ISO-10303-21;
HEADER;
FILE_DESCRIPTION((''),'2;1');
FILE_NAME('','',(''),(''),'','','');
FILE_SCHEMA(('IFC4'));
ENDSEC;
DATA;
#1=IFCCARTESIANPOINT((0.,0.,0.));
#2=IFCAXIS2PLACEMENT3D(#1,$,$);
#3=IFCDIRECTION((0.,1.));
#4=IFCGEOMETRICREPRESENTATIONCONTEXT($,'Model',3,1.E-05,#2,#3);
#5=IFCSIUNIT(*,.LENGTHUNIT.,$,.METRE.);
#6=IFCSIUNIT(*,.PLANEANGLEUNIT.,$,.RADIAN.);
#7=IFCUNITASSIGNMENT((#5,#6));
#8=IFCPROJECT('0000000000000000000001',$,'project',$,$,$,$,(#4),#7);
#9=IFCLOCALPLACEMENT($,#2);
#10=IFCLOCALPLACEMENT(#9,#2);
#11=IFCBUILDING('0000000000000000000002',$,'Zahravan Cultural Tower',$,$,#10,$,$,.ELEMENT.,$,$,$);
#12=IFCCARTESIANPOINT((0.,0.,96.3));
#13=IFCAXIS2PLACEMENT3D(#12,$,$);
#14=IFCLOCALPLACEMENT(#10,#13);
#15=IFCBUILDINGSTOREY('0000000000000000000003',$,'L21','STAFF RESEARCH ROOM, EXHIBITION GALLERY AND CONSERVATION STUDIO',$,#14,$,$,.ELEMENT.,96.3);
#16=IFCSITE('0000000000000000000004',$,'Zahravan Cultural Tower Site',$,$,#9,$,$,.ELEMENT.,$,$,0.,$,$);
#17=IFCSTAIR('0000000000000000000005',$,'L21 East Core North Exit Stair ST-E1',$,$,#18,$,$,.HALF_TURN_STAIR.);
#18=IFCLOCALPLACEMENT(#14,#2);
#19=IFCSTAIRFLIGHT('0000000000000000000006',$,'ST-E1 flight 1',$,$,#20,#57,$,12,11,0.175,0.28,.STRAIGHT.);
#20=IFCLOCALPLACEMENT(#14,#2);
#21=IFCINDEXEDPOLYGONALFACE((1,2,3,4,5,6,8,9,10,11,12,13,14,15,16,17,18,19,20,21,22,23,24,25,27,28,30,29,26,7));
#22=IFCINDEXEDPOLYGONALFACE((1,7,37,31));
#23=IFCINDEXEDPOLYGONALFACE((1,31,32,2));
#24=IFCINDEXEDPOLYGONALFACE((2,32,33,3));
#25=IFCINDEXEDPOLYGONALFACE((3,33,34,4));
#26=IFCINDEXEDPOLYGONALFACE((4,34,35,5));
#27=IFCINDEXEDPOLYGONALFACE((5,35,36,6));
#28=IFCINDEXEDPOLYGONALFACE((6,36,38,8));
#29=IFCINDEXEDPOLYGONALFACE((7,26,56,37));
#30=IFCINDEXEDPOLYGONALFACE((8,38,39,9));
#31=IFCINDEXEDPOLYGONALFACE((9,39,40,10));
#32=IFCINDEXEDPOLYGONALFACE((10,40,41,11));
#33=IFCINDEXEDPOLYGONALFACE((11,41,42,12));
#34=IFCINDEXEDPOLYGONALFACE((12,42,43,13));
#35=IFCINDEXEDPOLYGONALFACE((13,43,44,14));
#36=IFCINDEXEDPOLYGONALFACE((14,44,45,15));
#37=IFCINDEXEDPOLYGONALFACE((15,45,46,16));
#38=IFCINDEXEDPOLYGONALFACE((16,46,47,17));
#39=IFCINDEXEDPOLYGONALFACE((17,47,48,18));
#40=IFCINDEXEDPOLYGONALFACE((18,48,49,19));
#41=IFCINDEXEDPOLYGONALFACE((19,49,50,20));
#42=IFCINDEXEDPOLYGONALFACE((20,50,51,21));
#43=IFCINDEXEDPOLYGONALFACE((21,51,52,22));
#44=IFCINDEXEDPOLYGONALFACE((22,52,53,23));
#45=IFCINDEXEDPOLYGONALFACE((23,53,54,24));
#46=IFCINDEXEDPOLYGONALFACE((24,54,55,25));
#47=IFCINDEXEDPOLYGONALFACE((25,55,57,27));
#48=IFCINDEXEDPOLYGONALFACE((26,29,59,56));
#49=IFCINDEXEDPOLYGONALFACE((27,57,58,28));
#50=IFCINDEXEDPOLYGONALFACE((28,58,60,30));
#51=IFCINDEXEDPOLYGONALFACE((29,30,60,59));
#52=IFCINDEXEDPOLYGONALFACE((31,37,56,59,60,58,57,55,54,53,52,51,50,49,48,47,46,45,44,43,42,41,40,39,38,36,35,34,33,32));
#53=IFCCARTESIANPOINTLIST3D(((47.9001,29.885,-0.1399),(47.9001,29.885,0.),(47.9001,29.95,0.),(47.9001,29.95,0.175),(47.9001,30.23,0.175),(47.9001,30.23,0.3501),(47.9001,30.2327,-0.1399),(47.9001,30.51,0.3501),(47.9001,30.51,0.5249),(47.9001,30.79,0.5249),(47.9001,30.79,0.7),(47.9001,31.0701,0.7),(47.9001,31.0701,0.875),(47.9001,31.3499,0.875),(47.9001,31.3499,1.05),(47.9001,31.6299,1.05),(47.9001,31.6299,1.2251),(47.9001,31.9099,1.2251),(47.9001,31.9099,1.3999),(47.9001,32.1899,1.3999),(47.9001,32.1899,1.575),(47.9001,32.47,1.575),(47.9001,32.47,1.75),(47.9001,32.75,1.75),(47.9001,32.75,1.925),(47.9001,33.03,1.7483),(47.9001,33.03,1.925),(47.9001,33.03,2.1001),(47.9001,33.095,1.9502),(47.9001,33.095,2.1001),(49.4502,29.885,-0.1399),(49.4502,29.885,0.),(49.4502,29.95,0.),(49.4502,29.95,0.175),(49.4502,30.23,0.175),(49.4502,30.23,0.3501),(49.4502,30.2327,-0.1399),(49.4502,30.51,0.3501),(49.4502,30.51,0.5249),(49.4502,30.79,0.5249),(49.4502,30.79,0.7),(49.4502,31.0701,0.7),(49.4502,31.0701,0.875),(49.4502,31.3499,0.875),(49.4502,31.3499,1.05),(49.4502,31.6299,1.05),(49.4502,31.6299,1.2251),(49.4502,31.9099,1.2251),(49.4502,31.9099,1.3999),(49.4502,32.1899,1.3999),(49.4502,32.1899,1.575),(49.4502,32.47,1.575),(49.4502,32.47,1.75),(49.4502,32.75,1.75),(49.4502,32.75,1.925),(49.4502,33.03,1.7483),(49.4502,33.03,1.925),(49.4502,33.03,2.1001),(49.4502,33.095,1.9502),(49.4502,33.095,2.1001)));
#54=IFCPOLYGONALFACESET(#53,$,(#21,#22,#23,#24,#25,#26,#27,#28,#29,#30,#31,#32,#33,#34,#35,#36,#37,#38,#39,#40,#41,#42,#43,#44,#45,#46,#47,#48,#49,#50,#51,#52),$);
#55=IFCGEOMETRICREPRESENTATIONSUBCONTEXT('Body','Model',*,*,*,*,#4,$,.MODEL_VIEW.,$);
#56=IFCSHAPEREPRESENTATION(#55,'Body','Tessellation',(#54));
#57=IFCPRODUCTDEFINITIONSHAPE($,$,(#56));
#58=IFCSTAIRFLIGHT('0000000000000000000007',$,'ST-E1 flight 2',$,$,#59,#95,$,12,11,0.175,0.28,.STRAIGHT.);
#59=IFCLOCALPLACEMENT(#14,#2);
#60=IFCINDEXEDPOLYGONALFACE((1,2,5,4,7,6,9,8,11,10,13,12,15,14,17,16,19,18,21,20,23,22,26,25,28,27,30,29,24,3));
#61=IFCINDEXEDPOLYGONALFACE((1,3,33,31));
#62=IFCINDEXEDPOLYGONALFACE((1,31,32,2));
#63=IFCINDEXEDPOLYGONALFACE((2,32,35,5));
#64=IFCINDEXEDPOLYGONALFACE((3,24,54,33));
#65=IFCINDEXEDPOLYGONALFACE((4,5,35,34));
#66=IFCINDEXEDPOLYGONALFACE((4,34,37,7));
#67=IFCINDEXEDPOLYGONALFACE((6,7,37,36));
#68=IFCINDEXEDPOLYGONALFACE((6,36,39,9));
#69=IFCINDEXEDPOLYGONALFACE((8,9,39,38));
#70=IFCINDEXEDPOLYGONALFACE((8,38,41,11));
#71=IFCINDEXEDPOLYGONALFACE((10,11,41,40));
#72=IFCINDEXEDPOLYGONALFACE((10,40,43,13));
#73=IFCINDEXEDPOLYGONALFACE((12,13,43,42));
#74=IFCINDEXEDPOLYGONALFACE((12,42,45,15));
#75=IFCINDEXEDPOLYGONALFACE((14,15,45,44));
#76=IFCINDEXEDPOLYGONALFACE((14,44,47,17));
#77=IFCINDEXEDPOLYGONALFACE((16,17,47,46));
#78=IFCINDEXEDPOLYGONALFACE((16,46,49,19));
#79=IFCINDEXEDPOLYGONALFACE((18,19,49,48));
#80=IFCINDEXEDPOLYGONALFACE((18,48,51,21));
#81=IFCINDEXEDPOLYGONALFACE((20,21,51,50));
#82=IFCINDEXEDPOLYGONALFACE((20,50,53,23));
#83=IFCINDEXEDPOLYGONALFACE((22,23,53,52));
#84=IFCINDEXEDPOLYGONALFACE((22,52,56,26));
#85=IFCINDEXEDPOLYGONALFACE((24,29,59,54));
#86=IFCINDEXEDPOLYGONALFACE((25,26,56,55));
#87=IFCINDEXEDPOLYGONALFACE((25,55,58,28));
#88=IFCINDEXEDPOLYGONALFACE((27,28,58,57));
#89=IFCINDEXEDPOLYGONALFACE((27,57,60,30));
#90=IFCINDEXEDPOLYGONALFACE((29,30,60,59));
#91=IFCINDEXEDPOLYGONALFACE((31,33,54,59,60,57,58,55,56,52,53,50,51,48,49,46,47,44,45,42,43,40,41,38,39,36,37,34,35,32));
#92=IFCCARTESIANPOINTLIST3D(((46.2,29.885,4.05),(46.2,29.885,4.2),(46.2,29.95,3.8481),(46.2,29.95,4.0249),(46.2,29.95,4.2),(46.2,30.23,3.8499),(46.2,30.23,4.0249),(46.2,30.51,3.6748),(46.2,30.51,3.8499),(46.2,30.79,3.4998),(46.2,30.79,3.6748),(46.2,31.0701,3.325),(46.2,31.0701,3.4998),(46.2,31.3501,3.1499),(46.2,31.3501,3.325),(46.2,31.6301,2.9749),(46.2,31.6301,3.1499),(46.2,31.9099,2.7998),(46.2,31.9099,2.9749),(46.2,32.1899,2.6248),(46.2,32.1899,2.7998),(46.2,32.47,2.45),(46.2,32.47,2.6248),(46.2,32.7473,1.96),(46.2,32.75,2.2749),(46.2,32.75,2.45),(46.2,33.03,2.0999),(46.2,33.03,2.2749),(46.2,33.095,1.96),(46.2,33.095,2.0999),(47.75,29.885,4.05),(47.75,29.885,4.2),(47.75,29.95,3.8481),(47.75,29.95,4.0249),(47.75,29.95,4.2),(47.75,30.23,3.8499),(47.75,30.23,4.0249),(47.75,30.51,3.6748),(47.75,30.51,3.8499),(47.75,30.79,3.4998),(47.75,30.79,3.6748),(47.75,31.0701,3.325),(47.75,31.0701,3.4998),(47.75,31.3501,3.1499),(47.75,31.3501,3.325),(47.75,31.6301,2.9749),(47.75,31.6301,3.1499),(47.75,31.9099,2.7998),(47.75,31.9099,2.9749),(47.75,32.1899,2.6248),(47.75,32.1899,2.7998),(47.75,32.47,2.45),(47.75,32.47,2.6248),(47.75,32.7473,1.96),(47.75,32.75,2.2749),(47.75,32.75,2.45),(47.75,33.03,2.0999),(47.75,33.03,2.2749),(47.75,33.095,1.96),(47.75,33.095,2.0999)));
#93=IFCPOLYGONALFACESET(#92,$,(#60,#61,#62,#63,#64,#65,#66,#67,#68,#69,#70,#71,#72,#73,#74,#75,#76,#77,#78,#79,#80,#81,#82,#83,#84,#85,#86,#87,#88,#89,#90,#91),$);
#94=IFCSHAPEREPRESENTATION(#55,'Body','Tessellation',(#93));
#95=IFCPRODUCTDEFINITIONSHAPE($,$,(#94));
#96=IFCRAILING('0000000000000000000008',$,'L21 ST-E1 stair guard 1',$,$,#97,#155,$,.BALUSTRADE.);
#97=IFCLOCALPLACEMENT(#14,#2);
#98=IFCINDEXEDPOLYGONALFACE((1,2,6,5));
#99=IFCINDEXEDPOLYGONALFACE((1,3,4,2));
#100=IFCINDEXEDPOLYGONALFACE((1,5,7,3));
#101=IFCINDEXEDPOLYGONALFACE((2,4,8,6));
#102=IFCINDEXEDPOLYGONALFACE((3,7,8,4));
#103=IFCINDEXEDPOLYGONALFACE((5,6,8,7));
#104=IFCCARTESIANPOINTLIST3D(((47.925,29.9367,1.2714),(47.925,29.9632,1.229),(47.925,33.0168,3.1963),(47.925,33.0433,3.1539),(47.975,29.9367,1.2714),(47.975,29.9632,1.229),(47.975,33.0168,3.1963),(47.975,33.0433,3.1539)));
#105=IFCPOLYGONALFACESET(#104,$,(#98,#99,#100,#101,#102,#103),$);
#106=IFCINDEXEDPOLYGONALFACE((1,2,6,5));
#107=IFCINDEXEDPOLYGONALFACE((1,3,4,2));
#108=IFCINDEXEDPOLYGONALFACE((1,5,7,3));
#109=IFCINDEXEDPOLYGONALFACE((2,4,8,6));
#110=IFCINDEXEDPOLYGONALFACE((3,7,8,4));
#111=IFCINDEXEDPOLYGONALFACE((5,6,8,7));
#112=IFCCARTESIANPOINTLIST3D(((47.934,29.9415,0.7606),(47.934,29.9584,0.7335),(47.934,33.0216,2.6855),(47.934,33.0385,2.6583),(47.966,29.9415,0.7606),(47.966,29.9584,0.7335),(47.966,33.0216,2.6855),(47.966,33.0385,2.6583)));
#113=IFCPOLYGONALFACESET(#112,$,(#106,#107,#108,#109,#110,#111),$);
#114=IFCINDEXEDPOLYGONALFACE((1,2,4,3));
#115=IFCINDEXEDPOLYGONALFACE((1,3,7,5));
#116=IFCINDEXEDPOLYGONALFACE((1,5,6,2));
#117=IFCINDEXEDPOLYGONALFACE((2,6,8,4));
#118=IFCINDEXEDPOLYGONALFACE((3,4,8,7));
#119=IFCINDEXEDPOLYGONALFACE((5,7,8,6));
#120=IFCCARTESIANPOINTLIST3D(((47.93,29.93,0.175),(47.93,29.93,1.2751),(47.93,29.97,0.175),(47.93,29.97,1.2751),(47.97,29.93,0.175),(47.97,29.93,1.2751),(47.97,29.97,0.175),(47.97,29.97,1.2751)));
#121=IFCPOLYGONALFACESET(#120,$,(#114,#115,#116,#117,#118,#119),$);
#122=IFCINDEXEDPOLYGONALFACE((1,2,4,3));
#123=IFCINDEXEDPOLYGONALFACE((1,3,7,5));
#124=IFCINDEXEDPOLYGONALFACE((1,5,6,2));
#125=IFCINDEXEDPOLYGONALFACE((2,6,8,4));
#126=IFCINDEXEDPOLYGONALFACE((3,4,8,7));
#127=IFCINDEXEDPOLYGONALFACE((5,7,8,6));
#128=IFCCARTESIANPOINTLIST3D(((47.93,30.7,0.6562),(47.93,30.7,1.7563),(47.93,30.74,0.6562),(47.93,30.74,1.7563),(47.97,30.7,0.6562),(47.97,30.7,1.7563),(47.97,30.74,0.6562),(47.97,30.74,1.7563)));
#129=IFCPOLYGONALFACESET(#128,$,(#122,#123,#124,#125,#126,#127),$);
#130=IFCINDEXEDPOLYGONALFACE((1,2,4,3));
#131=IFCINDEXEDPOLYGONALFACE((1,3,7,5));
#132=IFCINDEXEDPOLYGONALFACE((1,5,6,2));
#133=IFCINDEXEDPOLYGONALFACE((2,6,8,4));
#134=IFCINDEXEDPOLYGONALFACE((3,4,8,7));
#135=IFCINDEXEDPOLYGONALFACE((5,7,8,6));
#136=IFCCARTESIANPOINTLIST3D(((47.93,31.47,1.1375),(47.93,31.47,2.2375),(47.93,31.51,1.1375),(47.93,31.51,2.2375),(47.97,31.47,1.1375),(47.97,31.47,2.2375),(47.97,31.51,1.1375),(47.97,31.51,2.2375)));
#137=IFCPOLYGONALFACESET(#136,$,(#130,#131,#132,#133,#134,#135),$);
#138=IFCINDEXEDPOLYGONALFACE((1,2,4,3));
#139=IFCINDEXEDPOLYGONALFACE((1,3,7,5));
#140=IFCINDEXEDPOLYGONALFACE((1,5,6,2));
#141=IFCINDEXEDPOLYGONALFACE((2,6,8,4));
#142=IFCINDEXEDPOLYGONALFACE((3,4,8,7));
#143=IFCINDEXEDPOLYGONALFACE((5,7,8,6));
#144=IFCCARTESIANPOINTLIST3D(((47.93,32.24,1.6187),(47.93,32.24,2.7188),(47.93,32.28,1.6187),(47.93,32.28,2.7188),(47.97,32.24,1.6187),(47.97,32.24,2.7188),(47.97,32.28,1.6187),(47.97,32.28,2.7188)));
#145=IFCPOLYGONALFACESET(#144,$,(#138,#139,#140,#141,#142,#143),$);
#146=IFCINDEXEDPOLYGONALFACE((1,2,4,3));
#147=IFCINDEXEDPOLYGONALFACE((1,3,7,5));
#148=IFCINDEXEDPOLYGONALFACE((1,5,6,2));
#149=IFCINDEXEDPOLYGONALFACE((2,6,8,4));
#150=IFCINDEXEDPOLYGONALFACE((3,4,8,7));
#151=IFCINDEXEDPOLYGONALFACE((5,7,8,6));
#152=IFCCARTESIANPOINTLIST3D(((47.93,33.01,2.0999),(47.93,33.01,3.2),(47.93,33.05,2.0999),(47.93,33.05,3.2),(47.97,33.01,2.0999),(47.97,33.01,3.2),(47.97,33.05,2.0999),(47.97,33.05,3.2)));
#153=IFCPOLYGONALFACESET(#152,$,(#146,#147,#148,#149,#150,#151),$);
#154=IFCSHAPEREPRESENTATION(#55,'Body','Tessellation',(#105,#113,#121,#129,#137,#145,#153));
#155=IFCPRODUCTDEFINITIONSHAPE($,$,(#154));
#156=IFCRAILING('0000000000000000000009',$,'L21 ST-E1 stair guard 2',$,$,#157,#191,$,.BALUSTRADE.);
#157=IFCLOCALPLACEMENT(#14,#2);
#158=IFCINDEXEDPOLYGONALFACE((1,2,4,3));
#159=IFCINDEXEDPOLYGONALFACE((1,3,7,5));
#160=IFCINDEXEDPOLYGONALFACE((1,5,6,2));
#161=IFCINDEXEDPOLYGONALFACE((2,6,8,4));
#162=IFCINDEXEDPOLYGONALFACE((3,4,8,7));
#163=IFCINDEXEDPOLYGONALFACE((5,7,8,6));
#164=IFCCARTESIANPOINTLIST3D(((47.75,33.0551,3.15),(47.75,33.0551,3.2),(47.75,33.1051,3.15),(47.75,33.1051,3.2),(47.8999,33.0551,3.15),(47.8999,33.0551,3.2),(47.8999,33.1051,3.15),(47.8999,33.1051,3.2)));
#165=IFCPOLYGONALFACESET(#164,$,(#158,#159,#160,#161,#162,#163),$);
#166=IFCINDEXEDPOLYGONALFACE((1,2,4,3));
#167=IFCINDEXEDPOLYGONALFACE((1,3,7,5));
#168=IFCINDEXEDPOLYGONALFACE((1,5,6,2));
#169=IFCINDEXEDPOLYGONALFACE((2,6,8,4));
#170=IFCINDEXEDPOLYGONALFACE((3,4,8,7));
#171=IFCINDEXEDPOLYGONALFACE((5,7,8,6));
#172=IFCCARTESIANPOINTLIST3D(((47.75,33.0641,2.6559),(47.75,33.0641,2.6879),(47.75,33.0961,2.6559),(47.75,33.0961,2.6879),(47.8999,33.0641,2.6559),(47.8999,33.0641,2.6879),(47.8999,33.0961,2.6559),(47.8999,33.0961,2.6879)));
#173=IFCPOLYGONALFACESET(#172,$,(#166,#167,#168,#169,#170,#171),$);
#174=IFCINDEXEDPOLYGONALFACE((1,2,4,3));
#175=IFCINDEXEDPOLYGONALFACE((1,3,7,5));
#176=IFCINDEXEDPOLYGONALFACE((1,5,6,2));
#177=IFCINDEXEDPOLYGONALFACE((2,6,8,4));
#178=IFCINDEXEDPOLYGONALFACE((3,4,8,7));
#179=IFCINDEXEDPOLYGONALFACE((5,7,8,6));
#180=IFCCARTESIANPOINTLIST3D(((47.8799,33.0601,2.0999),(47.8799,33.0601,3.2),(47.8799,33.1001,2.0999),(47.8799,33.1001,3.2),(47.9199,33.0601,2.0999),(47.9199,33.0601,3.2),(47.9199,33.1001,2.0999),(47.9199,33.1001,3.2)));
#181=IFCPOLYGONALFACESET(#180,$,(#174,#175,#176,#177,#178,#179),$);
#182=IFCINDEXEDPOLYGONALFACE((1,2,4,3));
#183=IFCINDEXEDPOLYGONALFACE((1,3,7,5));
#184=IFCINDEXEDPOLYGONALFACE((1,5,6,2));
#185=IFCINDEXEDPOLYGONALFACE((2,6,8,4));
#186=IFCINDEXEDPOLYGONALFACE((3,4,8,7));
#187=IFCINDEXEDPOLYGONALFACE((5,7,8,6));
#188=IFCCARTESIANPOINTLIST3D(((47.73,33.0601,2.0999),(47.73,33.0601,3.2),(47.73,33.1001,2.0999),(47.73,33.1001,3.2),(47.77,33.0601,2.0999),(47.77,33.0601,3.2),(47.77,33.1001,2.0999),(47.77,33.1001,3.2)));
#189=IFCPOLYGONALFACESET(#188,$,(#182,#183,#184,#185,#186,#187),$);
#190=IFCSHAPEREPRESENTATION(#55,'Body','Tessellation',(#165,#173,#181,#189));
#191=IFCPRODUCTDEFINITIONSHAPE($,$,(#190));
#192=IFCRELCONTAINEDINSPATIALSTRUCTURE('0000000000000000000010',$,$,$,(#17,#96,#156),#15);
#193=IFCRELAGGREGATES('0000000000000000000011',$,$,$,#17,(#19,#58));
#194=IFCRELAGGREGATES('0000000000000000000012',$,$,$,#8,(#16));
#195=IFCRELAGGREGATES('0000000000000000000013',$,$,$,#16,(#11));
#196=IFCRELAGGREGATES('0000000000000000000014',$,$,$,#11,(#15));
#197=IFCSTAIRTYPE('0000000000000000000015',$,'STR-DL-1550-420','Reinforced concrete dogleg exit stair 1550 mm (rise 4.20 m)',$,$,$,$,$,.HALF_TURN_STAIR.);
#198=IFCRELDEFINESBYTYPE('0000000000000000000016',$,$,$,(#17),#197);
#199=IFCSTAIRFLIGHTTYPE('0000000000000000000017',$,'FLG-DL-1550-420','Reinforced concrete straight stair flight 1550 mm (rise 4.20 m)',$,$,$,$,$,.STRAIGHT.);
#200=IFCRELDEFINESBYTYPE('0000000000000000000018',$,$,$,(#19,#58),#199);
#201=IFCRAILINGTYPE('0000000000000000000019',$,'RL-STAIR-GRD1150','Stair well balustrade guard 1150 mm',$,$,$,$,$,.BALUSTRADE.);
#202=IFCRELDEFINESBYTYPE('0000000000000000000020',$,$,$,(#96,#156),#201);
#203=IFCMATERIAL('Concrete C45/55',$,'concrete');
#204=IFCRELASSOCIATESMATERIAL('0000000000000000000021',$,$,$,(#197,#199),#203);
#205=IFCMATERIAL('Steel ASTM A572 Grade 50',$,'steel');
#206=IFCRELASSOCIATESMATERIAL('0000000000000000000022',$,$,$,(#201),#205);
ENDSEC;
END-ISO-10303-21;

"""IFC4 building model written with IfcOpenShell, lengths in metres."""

from ifc_helpers import new_model, si_unit, direction, frame, origin, origin_2d, place, context, subcontext, project, spatial, polyline, rectangle, outline, extrude, material, type_object, element, aggregate, save


model = new_model("IFC4")

# Units and contexts
model_context = context("Model", 3, precision=1e-05, world=origin(), true_north=direction((0.0, 1.0)))
body_context = subcontext(model_context, "Body", "Model", "MODEL_VIEW")
ifc_project = project(units=[si_unit("LENGTHUNIT", "METRE"), si_unit("PLANEANGLEUNIT", "RADIAN")], contexts=[model_context])

# Site, building, storey
site_placement = place(None, origin())
site = spatial("IfcSite", under=ifc_project, at=site_placement, Name="Zahravan Cultural Tower Site", CompositionType="ELEMENT", RefElevation=0.0)
building_placement = place(site_placement, origin())
building = spatial("IfcBuilding", under=site, at=building_placement, Name="Zahravan Cultural Tower", CompositionType="ELEMENT")
storey_placement = place(building_placement, frame((0.0, 0.0, 96.3)))
storey = spatial("IfcBuildingStorey", under=building, at=storey_placement, Name="L21", Description="STAFF RESEARCH ROOM, EXHIBITION GALLERY AND CONSERVATION STUDIO", CompositionType="ELEMENT", Elevation=96.3)

# Stair, stair flights
ifc_material_1 = material(Name="Concrete C45/55", Category="concrete")
stair_type = type_object("IfcStairType", Name="STR-DL-1550-420", Description="Reinforced concrete dogleg exit stair 1550 mm (rise 4.20 m)", PredefinedType="HALF_TURN_STAIR", material=ifc_material_1)
stair_placement = place(storey_placement, origin())
stair = element("IfcStair", 1, at=stair_placement, inside=storey, type_object=stair_type, Name="L21 East Core North Exit Stair ST-E1", PredefinedType="HALF_TURN_STAIR")
stair_flight_type = type_object("IfcStairFlightType", Name="FLG-DL-1550-420", Description="Reinforced concrete straight stair flight 1550 mm (rise 4.20 m)", PredefinedType="STRAIGHT", material=ifc_material_1)
stair_flight_1_placement = place(storey_placement, frame((48.675, 29.95, 0.0), z_axis=(0.0, 0.0, 1.0), x_axis=(0.0, 1.0, 0.0)))
stair_flight_1 = element("IfcStairFlight", 2, at=stair_flight_1_placement, type_object=stair_flight_type, Name="ST-E1 flight 1", NumberOfRisers=12, NumberOfTreads=11, PredefinedType="STRAIGHT", RiserHeight=0.175, TreadLength=0.28, context=body_context, shape_type="SweptSolid", body=[
    extrude(outline(polyline([(-0.0649, -0.1399), (-0.0649, 0.0), (0.0, 0.0), (0.0, 0.175), (0.28, 0.175), (0.28, 0.3501), (0.5601, 0.3501), (0.5601, 0.5249), (0.8401, 0.5249), (0.8401, 0.7), (1.1201, 0.7), (1.1201, 0.875), (1.3999, 0.875), (1.3999, 1.05), (1.6799, 1.05), (1.6799, 1.2251), (1.96, 1.2251), (1.96, 1.3999), (2.24, 1.3999), (2.24, 1.575), (2.52, 1.575), (2.52, 1.75), (2.8, 1.75), (2.8, 1.925), (3.0801, 1.925), (3.0801, 2.1001), (3.145, 2.1001), (3.145, 1.9502), (3.0801, 1.7483), (0.2827, -0.1399), (-0.0649, -0.1399)])), frame((0.0, 0.7749, 0.0), z_axis=(0.0, -1.0, 0.0), x_axis=(1.0, 0.0, 0.0)), (0.0, 0.0, 1.0), 1.55),
])
stair_flight_2_placement = place(storey_placement, frame((46.9751, 33.03, 2.0999), z_axis=(0.0, 0.0, 1.0), x_axis=(0.0, -1.0, 0.0)))
stair_flight_2 = element("IfcStairFlight", 3, at=stair_flight_2_placement, type_object=stair_flight_type, Name="ST-E1 flight 2", NumberOfRisers=12, NumberOfTreads=11, PredefinedType="STRAIGHT", RiserHeight=0.175, TreadLength=0.28, context=body_context, shape_type="SweptSolid", body=[
    extrude(outline(polyline([(-0.0649, -0.1399), (-0.0649, 0.0), (0.0, 0.0), (0.0, 0.175), (0.28, 0.175), (0.28, 0.3501), (0.5601, 0.3501), (0.5601, 0.5249), (0.8401, 0.5249), (0.8401, 0.7), (1.1201, 0.7), (1.1201, 0.875), (1.3999, 0.875), (1.3999, 1.05), (1.6799, 1.05), (1.6799, 1.2251), (1.96, 1.2251), (1.96, 1.3999), (2.24, 1.3999), (2.24, 1.575), (2.52, 1.575), (2.52, 1.75), (2.8, 1.75), (2.8, 1.925), (3.0801, 1.925), (3.0801, 2.1001), (3.145, 2.1001), (3.145, 1.9502), (3.0801, 1.7483), (0.2827, -0.1399), (-0.0649, -0.1399)])), frame((0.0, 0.7749, 0.0), z_axis=(0.0, -1.0, 0.0), x_axis=(1.0, 0.0, 0.0)), (0.0, 0.0, 1.0), 1.55),
])
aggregate(stair, [stair_flight_1, stair_flight_2])

# Railings
ifc_material_2 = material(Name="Steel ASTM A572 Grade 50", Category="steel")
railing_type_1 = type_object("IfcRailingType", Name="RL-STAIR-GRD1150", Description="Stair well balustrade guard 1150 mm", PredefinedType="BALUSTRADE", material=ifc_material_2)
railing_1_placement = place(storey_placement, frame((47.95, 29.95, 0.175)))
element("IfcRailing", 4, at=railing_1_placement, inside=storey, type_object=railing_type_1, Name="L21 ST-E1 stair guard 1", PredefinedType="BALUSTRADE", context=body_context, shape_type="SweptSolid", body=[
    extrude(rectangle(XDim=0.05, YDim=0.05, at=origin_2d()), frame((0.0, 0.0, 1.0752), z_axis=(0.0, 0.848029, 0.529951), x_axis=(-1.0, 0.0, 0.0)), (0.0, 0.0, 1.0), 3.6321),
    extrude(rectangle(XDim=0.032, YDim=0.032, at=origin_2d()), frame((0.0, 0.0, 0.572), z_axis=(0.0, 0.848029, 0.529951), x_axis=(-1.0, 0.0, 0.0)), (0.0, 0.0, 1.0), 3.6321),
    extrude(rectangle(XDim=0.04, YDim=0.04, at=origin_2d()), origin(), (0.0, 0.0, 1.0), 1.1001),
    extrude(rectangle(XDim=0.04, YDim=0.04, at=origin_2d()), frame((0.0, 0.77, 0.4812)), (0.0, 0.0, 1.0), 1.1001),
    extrude(rectangle(XDim=0.04, YDim=0.04, at=origin_2d()), frame((0.0, 1.54, 0.9624)), (0.0, 0.0, 1.0), 1.1001),
    extrude(rectangle(XDim=0.04, YDim=0.04, at=origin_2d()), frame((0.0, 2.3101, 1.4436)), (0.0, 0.0, 1.0), 1.1001),
    extrude(rectangle(XDim=0.04, YDim=0.04, at=origin_2d()), frame((0.0, 3.0801, 1.9248)), (0.0, 0.0, 1.0), 1.1001),
])
railing_2_placement = place(storey_placement, frame((47.8999, 33.0801, 2.0999)))
element("IfcRailing", 5, at=railing_2_placement, inside=storey, type_object=railing_type_1, Name="L21 ST-E1 stair guard 2", PredefinedType="BALUSTRADE", context=body_context, shape_type="SweptSolid", body=[
    extrude(rectangle(XDim=0.05, YDim=0.05, at=origin_2d()), frame((0.0, 0.0, 1.0752), z_axis=(-1.0, 0.0, 0.0), x_axis=(0.0, -1.0, 0.0)), (0.0, 0.0, 1.0), 0.1499),
    extrude(rectangle(XDim=0.032, YDim=0.032, at=origin_2d()), frame((0.0, 0.0, 0.572), z_axis=(-1.0, 0.0, 0.0), x_axis=(0.0, -1.0, 0.0)), (0.0, 0.0, 1.0), 0.1499),
    extrude(rectangle(XDim=0.04, YDim=0.04, at=origin_2d()), origin(), (0.0, 0.0, 1.0), 1.1001),
    extrude(rectangle(XDim=0.04, YDim=0.04, at=origin_2d()), frame((-0.1499, 0.0, 0.0)), (0.0, 0.0, 1.0), 1.1001),
])

save(model, "model.ifc")
